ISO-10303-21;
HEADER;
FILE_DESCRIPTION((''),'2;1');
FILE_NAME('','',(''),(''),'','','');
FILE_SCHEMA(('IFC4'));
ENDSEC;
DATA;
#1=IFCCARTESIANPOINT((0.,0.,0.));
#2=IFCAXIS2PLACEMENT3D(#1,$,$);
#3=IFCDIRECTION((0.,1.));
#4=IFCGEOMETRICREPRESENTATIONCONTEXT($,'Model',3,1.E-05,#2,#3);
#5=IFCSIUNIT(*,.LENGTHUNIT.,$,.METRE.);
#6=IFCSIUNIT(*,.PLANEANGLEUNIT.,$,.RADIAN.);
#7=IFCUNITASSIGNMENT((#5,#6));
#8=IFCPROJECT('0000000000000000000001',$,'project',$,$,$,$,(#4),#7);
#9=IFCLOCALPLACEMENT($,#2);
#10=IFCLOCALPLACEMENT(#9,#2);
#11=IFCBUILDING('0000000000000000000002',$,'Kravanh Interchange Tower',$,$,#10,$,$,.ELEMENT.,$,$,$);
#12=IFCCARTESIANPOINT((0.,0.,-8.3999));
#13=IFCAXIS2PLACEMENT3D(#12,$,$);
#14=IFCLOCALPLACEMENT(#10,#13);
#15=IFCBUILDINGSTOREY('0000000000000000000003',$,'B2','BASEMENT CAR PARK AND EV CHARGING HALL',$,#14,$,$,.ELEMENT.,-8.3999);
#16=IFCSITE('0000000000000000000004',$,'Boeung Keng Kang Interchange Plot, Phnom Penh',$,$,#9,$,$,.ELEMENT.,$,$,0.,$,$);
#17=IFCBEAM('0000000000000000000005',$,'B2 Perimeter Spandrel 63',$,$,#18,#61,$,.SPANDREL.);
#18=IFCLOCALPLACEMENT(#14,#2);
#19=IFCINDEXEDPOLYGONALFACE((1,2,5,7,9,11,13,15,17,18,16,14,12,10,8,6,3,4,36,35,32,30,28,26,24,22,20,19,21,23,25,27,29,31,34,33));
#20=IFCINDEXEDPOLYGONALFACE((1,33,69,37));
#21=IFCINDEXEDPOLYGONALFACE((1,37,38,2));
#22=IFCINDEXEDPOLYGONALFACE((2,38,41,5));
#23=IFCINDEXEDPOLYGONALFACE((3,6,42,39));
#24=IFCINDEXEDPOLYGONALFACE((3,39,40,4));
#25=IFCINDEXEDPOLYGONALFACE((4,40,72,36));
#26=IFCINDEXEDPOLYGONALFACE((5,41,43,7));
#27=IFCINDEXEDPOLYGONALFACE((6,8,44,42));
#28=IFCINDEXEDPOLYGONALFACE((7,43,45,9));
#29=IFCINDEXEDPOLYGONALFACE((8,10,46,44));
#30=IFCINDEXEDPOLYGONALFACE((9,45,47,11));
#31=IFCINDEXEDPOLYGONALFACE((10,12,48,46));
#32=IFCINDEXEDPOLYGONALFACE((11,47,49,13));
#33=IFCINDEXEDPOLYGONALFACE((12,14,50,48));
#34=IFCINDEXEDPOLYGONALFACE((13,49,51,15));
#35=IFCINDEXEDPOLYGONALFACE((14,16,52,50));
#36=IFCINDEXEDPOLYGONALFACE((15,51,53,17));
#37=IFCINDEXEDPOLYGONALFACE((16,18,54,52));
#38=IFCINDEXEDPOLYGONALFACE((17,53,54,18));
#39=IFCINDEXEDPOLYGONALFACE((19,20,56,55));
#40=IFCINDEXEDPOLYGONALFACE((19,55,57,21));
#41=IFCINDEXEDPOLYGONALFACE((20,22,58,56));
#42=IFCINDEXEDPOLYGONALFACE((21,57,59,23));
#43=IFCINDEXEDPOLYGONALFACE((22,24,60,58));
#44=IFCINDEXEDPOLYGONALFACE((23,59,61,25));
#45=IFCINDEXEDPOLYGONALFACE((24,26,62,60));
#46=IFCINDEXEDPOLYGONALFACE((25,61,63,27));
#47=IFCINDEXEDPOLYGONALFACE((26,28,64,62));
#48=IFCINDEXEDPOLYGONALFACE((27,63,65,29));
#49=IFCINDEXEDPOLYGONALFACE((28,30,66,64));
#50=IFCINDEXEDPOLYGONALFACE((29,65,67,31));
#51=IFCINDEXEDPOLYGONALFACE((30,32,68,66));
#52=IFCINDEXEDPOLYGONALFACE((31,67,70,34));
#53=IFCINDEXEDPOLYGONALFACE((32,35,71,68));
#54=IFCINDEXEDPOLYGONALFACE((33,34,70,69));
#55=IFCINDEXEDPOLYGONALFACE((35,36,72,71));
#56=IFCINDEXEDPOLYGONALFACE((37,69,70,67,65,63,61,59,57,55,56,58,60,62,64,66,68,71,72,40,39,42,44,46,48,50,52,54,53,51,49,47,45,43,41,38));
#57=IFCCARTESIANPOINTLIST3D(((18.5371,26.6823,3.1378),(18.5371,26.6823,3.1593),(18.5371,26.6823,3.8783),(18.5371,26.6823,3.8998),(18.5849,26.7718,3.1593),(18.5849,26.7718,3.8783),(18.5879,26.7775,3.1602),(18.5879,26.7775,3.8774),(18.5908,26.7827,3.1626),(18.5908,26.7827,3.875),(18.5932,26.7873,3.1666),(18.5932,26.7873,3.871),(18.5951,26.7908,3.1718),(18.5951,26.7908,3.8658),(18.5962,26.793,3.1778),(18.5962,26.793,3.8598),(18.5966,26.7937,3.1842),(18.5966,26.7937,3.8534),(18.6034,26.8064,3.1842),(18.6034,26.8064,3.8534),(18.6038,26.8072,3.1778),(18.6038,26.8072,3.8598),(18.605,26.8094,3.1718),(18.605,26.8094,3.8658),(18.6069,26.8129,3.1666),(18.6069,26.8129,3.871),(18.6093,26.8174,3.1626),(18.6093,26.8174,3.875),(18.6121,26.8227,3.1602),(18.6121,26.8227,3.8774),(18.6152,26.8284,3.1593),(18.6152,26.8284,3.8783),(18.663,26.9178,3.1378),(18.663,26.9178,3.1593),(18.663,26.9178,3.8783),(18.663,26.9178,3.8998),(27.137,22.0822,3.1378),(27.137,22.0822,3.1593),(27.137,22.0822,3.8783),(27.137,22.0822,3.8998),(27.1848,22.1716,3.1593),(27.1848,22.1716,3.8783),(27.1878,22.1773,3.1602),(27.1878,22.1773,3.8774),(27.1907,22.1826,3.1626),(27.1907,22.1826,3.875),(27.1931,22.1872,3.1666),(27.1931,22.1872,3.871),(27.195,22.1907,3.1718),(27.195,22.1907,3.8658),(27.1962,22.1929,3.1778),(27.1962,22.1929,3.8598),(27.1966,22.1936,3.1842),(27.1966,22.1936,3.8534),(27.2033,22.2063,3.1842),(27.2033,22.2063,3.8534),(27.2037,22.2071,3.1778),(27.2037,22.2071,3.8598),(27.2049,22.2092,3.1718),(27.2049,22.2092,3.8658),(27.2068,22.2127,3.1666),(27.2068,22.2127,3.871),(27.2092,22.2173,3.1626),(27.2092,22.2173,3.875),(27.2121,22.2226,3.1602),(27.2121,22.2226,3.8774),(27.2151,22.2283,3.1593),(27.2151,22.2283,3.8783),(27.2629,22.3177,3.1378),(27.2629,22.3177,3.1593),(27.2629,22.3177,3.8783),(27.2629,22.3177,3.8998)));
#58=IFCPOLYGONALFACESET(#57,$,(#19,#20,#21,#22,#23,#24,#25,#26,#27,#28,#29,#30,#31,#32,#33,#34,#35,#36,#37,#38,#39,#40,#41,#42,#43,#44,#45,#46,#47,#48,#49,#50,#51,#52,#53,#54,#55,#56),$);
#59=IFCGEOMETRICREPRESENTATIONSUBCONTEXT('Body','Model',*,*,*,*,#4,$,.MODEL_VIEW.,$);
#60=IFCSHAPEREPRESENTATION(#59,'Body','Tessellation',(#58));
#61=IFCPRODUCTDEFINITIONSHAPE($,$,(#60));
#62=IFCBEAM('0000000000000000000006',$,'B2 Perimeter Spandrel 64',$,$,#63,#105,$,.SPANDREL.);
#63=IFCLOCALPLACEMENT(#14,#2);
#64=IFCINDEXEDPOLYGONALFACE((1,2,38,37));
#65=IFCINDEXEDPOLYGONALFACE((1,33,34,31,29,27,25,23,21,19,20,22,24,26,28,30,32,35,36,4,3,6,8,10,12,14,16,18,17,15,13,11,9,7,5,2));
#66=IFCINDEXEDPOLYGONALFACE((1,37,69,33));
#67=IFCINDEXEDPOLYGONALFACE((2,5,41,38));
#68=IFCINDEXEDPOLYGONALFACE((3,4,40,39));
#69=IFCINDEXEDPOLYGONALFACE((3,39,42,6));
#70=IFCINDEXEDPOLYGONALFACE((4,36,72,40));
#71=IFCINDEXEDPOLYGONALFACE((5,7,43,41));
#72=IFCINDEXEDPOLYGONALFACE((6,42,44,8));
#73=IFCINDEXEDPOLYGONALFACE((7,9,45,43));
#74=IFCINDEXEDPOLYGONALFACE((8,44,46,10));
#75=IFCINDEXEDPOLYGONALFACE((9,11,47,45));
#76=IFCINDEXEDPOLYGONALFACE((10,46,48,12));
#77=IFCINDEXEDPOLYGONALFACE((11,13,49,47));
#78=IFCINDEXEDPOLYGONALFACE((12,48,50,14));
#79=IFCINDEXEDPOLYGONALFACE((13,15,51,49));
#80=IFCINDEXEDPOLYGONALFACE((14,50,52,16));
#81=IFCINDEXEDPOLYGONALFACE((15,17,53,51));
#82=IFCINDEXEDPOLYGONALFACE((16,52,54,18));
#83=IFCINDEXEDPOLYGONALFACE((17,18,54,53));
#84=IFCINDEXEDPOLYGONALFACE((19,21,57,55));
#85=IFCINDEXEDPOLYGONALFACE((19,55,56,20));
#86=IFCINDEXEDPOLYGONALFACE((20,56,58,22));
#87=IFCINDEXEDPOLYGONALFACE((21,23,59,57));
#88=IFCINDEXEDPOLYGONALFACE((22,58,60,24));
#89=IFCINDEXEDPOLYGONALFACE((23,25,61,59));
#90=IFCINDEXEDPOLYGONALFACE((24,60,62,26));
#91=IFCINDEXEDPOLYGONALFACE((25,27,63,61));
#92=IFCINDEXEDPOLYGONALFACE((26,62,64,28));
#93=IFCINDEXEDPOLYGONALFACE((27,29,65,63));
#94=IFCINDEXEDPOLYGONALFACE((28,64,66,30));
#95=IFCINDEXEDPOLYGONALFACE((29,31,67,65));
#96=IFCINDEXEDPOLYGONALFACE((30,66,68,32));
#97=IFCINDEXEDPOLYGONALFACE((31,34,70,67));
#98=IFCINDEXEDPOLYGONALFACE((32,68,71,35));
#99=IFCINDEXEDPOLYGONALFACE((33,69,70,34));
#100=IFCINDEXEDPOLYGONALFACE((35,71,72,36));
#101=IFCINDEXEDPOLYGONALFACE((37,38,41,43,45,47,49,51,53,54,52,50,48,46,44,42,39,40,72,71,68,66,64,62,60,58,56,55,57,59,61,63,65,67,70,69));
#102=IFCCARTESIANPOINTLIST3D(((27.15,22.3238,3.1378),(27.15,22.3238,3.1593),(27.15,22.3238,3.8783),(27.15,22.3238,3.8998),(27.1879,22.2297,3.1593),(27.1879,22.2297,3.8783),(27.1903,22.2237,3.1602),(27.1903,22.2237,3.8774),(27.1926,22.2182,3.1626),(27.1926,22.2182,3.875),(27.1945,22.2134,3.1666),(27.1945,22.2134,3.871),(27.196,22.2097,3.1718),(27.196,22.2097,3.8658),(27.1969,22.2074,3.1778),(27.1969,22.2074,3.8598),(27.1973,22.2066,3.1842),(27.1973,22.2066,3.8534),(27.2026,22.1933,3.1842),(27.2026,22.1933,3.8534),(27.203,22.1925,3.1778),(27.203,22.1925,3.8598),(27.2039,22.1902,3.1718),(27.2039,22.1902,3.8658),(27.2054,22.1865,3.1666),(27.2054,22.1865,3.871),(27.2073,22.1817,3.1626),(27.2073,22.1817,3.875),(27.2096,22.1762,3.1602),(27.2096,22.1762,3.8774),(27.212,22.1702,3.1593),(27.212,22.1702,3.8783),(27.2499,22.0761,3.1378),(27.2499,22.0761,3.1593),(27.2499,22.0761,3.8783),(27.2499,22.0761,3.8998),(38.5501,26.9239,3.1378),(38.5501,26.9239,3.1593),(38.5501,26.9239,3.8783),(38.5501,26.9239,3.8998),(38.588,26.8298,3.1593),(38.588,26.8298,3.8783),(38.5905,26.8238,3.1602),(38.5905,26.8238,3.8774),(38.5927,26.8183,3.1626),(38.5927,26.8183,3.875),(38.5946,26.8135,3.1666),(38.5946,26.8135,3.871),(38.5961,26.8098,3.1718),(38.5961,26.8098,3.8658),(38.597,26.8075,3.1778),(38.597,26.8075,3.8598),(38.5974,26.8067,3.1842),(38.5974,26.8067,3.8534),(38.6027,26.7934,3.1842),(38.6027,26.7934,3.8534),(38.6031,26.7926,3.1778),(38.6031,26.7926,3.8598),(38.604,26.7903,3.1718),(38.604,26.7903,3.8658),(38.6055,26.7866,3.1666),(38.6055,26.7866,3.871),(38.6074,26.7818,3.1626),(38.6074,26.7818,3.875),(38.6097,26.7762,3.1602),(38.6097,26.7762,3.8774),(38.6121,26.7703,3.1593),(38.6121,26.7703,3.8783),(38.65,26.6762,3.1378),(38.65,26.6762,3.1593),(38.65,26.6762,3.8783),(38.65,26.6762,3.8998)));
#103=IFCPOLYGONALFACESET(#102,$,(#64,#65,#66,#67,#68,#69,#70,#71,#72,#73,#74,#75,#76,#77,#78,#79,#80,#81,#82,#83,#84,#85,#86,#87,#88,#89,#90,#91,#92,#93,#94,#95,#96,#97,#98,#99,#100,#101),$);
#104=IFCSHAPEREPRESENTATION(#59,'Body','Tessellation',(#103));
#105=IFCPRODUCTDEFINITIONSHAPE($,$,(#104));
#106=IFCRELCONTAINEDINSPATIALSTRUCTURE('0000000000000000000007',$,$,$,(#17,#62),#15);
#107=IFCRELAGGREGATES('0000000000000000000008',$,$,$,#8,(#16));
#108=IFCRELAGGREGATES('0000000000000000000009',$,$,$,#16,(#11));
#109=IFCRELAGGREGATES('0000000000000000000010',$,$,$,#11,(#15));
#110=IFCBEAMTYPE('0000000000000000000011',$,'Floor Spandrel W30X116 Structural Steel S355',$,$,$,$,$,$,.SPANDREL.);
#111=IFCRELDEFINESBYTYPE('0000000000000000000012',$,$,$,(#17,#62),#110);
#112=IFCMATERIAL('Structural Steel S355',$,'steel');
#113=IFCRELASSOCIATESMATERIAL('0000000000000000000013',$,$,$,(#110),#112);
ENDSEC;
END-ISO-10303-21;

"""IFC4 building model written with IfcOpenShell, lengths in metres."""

from ifc_helpers import new_model, si_unit, direction, frame, origin, origin_2d, place, context, subcontext, project, spatial, i_section, extrude, material, material_profile, profile_set, type_object, element, save


model = new_model("IFC4")

# Units and contexts
model_context = context("Model", 3, precision=1e-05, world=origin(), true_north=direction((0.0, 1.0)))
body_context = subcontext(model_context, "Body", "Model", "MODEL_VIEW")
ifc_project = project(units=[si_unit("LENGTHUNIT", "METRE"), si_unit("PLANEANGLEUNIT", "RADIAN")], contexts=[model_context])

# Site, building, storey
site_placement = place(None, origin())
site = spatial("IfcSite", under=ifc_project, at=site_placement, Name="Boeung Keng Kang Interchange Plot, Phnom Penh", CompositionType="ELEMENT", RefElevation=0.0)
building_placement = place(site_placement, origin())
building = spatial("IfcBuilding", under=site, at=building_placement, Name="Kravanh Interchange Tower", CompositionType="ELEMENT")
storey_placement = place(building_placement, frame((0.0, 0.0, -8.3999)))
storey = spatial("IfcBuildingStorey", under=building, at=storey_placement, Name="B2", Description="BASEMENT CAR PARK AND EV CHARGING HALL", CompositionType="ELEMENT", Elevation=-8.3999)

# Beams
ifc_material_1 = material(Name="Structural Steel S355", Category="steel")
ifc_material_profile_1 = material_profile(ifc_material_1, i_section(OverallWidth=0.2671, OverallDepth=0.762, WebThickness=0.0144, FlangeThickness=0.0215, FilletRadius=0.0249, at=origin_2d()), Name="W30X116")
ifc_profile_set_1 = profile_set([ifc_material_profile_1], Name="Structural Steel S355")
beam_type_1 = type_object("IfcBeamType", Name="Floor Spandrel W30X116 Structural Steel S355", PredefinedType="SPANDREL", material=ifc_profile_set_1)
beam_1_placement = place(storey_placement, frame((27.2, 22.2, 3.5188), z_axis=(-0.881777, 0.471666, 0.0), x_axis=(-0.471666, -0.881777, 0.0)))
element("IfcBeam", 1, at=beam_1_placement, inside=storey, type_object=beam_type_1, Name="B2 Perimeter Spandrel 63", PredefinedType="SPANDREL", context=body_context, shape_type="SweptSolid", body=[
    extrude(i_section(OverallWidth=0.2671, OverallDepth=0.762, WebThickness=0.0144, FlangeThickness=0.0215, FilletRadius=0.0249, at=origin_2d()), origin(), (0.0, 0.0, 1.0), 9.7529),
])
beam_2_placement = place(storey_placement, frame((27.2, 22.2, 3.5188), z_axis=(0.927349, 0.374197, 0.0), x_axis=(-0.374197, 0.927349, 0.0)))
element("IfcBeam", 2, at=beam_2_placement, inside=storey, type_object=beam_type_1, Name="B2 Perimeter Spandrel 64", PredefinedType="SPANDREL", context=body_context, shape_type="SweptSolid", body=[
    extrude(i_section(OverallWidth=0.2671, OverallDepth=0.762, WebThickness=0.0144, FlangeThickness=0.0215, FilletRadius=0.0249, at=origin_2d()), origin(), (0.0, 0.0, 1.0), 12.2932),
])

save(model, "model.ifc")
